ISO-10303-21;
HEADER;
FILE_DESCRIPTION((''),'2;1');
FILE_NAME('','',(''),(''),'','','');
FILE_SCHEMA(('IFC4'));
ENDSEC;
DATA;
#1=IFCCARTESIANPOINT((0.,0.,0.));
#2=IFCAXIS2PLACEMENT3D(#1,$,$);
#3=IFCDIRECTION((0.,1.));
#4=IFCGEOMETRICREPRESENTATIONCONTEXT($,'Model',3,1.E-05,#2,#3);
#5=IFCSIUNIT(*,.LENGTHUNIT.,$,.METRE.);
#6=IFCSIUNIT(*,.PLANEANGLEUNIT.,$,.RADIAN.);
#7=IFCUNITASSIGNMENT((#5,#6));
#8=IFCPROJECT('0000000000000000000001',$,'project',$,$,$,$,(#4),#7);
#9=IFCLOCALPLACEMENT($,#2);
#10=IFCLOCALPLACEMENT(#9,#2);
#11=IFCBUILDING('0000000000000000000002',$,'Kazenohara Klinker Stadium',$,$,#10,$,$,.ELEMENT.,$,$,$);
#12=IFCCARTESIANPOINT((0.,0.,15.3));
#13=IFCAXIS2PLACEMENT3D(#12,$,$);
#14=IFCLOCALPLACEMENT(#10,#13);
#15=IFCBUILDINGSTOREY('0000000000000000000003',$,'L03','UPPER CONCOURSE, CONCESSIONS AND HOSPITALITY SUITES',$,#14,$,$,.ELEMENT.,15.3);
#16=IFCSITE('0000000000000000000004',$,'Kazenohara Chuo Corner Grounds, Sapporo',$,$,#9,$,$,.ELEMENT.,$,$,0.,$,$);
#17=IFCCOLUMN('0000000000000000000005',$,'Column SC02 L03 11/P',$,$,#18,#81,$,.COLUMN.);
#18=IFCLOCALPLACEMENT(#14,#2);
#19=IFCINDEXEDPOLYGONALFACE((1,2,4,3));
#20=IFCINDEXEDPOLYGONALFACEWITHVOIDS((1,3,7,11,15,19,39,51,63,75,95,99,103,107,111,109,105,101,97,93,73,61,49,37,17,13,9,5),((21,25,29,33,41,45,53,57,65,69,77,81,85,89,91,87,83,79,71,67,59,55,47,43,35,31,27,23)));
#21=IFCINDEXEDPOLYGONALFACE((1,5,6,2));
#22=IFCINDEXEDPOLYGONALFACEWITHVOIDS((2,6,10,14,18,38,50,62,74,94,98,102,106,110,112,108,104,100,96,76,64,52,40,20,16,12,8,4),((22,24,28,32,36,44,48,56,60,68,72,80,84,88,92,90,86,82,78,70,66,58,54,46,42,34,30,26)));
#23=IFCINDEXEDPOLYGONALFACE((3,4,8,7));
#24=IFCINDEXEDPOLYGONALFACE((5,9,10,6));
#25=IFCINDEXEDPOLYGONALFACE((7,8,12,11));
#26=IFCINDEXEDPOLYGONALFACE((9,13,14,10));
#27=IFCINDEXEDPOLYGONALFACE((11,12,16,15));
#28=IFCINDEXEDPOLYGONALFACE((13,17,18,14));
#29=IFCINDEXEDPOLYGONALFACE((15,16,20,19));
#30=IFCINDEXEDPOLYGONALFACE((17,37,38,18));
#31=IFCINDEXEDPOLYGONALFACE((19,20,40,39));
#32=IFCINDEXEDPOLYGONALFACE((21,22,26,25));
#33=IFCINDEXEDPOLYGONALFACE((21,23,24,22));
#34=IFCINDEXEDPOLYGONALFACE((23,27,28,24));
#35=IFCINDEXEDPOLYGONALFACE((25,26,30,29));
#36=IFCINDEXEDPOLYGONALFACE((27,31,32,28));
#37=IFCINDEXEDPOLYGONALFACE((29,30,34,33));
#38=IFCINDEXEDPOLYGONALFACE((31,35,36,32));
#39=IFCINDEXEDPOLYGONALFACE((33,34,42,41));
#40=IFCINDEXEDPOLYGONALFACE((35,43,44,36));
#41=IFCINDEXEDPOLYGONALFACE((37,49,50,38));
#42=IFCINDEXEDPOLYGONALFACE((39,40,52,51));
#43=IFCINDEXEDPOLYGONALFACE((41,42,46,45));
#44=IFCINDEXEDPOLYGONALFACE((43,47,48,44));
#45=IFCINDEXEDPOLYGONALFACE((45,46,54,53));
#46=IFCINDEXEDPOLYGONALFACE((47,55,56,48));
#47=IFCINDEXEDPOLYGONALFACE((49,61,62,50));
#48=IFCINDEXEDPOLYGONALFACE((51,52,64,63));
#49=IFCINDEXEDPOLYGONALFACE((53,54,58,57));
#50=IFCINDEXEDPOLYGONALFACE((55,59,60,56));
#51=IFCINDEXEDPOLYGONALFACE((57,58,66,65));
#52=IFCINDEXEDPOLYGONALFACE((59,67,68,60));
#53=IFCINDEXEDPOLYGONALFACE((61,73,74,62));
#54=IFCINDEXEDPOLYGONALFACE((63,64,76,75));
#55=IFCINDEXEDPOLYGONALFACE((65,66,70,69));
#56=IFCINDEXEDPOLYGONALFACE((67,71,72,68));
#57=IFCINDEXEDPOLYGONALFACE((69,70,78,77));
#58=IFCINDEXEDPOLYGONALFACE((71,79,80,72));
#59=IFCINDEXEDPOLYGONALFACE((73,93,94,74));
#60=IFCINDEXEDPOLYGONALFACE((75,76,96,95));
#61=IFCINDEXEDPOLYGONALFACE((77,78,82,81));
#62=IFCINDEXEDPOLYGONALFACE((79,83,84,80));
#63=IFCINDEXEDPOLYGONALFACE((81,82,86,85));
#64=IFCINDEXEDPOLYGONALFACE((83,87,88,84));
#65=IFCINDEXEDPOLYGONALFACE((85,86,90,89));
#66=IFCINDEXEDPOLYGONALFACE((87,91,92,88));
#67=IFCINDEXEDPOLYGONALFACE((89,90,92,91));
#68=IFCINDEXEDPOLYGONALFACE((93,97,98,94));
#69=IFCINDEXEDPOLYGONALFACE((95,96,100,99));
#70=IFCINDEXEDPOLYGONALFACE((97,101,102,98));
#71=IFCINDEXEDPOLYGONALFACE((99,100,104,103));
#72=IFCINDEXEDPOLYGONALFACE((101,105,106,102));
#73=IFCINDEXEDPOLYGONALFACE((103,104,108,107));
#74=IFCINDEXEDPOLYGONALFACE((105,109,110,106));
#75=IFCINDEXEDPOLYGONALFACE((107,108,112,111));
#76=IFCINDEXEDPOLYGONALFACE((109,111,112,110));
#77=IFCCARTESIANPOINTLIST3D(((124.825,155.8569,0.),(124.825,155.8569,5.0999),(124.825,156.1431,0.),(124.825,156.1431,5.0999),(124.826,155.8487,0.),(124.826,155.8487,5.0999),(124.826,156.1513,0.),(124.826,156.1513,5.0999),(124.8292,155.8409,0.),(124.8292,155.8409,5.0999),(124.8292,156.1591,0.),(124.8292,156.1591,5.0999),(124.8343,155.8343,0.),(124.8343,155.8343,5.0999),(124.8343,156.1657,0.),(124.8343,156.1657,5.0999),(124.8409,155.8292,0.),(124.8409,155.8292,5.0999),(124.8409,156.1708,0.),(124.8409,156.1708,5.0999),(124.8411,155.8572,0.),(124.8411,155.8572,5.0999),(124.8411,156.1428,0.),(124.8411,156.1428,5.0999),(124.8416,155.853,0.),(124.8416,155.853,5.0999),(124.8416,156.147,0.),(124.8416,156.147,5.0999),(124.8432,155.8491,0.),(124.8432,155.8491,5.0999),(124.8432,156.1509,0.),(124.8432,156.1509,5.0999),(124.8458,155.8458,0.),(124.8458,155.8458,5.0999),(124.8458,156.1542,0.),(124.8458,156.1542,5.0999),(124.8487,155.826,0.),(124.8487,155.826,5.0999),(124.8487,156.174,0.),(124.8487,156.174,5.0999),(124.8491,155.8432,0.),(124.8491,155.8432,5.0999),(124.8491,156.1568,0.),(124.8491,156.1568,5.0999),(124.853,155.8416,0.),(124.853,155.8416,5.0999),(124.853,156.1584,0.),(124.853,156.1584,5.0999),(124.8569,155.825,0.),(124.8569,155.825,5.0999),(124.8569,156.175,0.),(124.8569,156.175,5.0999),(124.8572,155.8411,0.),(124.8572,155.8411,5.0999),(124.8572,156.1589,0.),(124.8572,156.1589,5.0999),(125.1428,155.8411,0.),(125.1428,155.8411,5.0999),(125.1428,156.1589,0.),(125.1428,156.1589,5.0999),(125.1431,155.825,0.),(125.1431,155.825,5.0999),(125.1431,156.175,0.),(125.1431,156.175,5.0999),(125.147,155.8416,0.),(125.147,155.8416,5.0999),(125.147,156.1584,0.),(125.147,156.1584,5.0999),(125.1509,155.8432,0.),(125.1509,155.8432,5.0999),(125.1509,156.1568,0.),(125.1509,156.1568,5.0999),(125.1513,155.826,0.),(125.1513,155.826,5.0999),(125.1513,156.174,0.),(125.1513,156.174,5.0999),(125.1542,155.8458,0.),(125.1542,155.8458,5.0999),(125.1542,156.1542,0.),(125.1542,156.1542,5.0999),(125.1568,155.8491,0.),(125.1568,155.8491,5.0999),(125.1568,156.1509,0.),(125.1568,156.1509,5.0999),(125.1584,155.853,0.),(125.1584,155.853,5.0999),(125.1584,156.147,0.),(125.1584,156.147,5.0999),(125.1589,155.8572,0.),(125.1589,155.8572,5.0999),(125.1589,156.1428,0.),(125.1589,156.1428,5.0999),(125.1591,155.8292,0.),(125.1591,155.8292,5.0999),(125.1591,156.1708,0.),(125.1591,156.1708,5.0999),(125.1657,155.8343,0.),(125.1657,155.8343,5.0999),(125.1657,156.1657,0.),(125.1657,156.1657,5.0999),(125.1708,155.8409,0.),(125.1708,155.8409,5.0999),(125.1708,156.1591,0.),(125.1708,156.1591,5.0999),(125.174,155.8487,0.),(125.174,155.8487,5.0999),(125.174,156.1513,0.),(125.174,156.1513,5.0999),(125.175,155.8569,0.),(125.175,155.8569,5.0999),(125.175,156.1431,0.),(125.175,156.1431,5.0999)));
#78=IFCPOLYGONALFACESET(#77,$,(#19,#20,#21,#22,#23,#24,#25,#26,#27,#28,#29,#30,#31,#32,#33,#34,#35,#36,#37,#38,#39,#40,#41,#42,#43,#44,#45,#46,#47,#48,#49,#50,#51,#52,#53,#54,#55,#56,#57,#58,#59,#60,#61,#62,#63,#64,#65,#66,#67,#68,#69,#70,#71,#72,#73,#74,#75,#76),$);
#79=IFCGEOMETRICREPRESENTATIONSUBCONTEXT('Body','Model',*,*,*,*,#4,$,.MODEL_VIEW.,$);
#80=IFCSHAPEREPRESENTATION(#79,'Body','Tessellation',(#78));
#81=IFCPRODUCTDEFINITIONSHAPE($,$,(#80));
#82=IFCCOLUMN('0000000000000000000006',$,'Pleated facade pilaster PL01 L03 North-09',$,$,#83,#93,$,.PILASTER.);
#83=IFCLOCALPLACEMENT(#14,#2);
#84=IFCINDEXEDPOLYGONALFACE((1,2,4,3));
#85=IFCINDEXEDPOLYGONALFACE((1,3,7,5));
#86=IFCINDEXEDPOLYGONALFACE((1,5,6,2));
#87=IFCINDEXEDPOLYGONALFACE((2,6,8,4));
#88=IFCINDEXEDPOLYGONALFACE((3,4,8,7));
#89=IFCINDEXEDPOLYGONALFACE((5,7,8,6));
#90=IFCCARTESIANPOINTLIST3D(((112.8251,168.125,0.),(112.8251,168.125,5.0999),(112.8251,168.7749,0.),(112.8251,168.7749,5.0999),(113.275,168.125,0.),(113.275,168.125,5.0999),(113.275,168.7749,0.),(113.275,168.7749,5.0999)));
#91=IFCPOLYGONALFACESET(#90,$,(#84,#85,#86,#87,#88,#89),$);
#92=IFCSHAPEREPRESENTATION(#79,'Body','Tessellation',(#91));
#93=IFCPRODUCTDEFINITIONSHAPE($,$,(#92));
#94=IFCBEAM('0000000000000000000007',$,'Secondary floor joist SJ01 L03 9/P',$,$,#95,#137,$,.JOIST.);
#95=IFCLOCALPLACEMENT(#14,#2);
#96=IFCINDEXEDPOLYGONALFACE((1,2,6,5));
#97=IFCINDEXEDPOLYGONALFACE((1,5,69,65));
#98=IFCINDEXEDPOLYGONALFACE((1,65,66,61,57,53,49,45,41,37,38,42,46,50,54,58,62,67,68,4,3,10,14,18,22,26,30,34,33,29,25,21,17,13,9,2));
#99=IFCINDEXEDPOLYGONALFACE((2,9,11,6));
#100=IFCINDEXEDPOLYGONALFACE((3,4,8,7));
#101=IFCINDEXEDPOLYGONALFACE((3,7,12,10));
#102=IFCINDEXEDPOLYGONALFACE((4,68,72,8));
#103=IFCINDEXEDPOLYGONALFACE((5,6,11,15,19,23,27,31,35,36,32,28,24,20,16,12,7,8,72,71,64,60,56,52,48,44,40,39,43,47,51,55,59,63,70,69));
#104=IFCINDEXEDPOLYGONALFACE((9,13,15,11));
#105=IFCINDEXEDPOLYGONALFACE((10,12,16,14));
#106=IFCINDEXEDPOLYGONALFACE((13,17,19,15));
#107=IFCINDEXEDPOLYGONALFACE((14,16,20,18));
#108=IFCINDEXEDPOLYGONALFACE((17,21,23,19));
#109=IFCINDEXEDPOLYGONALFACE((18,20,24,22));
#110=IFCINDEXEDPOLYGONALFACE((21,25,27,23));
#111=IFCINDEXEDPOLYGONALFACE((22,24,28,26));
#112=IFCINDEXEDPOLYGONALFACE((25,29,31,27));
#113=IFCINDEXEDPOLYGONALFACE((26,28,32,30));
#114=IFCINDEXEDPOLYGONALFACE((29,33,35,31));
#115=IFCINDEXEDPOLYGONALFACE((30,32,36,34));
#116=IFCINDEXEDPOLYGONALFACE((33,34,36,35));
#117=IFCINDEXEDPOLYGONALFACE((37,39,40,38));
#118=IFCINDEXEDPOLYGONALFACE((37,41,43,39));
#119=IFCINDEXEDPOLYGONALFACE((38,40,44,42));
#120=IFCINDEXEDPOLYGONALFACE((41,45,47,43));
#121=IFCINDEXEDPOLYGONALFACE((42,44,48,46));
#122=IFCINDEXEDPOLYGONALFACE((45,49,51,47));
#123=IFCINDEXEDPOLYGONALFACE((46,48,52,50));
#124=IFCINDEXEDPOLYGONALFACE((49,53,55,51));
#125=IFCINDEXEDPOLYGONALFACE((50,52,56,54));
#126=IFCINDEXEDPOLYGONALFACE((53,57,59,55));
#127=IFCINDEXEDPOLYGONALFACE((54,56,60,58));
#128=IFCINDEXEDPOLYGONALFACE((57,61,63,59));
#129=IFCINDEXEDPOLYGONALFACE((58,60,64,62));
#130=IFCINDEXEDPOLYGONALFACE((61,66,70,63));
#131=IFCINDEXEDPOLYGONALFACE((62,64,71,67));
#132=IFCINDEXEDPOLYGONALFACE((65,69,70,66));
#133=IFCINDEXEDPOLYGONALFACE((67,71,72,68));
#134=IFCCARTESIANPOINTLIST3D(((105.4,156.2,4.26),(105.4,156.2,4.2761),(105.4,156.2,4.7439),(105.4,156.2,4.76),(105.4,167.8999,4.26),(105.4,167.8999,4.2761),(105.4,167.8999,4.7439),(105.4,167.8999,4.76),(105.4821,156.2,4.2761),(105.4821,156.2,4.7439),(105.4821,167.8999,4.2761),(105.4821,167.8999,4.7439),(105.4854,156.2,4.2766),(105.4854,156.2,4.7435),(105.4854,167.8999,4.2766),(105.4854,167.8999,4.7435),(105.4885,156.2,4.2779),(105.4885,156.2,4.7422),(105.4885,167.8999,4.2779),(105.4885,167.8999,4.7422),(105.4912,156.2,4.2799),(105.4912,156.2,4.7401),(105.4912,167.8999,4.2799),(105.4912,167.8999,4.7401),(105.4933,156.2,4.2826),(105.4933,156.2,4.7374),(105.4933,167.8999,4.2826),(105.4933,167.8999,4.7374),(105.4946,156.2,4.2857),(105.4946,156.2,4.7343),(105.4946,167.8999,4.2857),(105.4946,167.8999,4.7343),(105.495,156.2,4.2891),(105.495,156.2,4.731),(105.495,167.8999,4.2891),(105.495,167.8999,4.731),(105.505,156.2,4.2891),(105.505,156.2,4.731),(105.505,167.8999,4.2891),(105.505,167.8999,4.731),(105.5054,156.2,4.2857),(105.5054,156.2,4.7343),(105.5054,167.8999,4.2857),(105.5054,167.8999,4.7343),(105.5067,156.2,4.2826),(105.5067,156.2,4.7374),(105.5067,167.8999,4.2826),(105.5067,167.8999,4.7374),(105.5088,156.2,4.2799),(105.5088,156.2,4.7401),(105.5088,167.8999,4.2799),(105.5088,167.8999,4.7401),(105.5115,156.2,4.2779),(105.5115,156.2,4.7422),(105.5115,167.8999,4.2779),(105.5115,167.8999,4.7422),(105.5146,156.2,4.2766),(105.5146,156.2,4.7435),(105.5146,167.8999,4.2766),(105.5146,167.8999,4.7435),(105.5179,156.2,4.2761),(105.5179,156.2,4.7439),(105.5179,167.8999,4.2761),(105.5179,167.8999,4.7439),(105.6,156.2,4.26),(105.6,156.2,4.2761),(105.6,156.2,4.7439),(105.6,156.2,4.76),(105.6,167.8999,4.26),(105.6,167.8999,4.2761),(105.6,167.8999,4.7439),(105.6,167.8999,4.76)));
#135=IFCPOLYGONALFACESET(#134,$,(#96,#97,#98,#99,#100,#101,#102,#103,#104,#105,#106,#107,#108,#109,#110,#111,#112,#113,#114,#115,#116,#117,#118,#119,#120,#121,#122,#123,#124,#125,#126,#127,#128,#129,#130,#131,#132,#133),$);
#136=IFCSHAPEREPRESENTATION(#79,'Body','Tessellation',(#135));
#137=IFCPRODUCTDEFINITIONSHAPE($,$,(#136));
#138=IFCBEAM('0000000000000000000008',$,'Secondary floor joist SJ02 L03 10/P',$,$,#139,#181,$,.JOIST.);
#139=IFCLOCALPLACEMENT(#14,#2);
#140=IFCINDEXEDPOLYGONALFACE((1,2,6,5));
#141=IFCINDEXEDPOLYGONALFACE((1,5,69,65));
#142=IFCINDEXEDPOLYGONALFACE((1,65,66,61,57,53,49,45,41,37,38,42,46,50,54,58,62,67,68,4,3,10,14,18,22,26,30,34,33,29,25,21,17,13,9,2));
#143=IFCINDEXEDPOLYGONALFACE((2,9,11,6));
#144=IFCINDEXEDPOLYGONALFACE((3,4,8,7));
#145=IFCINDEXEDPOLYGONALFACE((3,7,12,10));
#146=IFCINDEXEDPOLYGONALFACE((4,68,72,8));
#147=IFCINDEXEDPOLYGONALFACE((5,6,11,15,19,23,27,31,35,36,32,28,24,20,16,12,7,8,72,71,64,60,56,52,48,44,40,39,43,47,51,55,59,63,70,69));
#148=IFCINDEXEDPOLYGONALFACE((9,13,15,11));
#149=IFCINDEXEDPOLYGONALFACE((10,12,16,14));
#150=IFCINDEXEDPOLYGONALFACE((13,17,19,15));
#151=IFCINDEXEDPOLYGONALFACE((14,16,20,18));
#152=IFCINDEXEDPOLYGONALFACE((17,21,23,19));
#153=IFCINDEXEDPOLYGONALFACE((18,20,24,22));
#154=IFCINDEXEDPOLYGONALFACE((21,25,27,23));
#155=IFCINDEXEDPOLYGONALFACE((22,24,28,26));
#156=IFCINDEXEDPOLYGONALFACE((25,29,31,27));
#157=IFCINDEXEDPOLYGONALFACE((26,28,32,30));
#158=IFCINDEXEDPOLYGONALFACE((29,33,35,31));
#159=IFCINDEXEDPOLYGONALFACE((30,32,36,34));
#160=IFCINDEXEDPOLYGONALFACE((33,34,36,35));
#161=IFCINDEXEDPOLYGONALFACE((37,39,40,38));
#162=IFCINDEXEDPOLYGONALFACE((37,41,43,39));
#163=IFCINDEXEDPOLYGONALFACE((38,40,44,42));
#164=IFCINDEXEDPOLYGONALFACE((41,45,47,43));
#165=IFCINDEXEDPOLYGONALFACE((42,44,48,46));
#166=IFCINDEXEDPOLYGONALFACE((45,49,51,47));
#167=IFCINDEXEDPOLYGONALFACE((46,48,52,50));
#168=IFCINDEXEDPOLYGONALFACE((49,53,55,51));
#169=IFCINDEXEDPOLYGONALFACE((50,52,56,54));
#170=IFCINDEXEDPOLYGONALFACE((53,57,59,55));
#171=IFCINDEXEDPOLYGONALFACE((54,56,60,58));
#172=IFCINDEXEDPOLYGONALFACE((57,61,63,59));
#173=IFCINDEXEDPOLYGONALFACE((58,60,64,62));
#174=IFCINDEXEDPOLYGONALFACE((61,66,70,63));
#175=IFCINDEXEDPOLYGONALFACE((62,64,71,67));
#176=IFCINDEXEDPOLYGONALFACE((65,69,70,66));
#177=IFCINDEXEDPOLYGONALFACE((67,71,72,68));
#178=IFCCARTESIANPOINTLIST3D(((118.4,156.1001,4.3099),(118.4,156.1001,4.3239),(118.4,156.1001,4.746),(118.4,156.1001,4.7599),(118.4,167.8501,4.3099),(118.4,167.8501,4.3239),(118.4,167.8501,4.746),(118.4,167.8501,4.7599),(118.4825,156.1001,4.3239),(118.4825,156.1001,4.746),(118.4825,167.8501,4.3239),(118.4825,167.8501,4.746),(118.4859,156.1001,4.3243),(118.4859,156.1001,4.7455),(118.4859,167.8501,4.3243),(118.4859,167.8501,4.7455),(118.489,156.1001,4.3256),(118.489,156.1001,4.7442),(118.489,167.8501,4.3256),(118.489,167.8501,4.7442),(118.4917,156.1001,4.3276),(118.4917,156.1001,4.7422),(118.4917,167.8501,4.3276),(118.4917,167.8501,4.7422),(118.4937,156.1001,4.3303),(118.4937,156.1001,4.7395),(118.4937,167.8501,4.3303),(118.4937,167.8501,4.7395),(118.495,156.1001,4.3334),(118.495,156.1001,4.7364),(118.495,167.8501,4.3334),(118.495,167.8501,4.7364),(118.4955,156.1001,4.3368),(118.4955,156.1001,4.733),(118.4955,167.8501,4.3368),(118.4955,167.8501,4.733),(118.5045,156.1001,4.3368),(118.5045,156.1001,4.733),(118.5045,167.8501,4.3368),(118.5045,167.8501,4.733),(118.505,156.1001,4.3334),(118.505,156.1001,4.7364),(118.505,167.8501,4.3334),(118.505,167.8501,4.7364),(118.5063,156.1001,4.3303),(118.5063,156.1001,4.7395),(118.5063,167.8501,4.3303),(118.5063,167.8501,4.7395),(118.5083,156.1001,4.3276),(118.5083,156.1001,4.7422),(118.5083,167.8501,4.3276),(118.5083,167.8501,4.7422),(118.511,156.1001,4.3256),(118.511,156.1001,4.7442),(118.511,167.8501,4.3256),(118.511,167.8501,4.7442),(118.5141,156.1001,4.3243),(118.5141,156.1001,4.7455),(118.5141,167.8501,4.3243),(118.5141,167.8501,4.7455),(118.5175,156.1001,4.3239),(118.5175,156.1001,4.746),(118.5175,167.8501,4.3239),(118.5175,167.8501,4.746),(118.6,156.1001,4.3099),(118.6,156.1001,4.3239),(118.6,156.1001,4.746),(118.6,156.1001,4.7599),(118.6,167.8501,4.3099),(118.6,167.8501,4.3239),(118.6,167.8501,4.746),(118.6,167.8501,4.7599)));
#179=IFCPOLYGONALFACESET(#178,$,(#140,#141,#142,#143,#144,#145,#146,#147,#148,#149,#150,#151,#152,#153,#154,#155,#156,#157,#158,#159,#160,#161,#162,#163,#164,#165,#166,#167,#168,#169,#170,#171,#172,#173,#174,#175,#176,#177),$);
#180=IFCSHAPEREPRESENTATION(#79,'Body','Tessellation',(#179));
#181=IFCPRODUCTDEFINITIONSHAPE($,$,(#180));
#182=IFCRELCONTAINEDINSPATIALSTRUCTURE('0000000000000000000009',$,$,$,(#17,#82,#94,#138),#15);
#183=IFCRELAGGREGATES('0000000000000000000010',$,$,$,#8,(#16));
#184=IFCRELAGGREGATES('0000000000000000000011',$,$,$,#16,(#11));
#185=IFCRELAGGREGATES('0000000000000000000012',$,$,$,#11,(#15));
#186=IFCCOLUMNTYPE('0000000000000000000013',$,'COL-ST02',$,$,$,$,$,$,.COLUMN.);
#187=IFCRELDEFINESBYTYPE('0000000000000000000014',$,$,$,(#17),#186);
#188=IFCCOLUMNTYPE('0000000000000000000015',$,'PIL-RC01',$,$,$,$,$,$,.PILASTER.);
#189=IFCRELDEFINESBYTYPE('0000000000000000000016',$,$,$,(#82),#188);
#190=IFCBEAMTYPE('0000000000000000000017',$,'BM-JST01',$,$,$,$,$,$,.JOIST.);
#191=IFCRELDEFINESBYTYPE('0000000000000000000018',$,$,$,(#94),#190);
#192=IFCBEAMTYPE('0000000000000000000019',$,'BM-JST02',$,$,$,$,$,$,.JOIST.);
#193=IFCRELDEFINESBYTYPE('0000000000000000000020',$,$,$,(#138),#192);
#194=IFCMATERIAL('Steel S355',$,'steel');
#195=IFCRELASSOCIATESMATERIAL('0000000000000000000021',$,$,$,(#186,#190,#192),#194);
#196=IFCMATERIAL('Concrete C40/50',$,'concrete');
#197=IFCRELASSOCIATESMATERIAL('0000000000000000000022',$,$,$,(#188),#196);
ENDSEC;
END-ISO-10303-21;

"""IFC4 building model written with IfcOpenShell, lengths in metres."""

from ifc_helpers import new_model, si_unit, direction, frame, origin, origin_2d, place, context, subcontext, project, spatial, rectangle, hollow_rectangle, i_section, extrude, material, material_profile, profile_set, type_object, element, save


model = new_model("IFC4")

# Units and contexts
model_context = context("Model", 3, precision=1e-05, world=origin(), true_north=direction((0.0, 1.0)))
body_context = subcontext(model_context, "Body", "Model", "MODEL_VIEW")
ifc_project = project(units=[si_unit("LENGTHUNIT", "METRE"), si_unit("PLANEANGLEUNIT", "RADIAN")], contexts=[model_context])

# Site, building, storey
site_placement = place(None, origin())
site = spatial("IfcSite", under=ifc_project, at=site_placement, Name="Kazenohara Chuo Corner Grounds, Sapporo", CompositionType="ELEMENT", RefElevation=0.0)
building_placement = place(site_placement, origin())
building = spatial("IfcBuilding", under=site, at=building_placement, Name="Kazenohara Klinker Stadium", CompositionType="ELEMENT")
storey_placement = place(building_placement, frame((0.0, 0.0, 15.3)))
storey = spatial("IfcBuildingStorey", under=building, at=storey_placement, Name="L03", Description="UPPER CONCOURSE, CONCESSIONS AND HOSPITALITY SUITES", CompositionType="ELEMENT", Elevation=15.3)

# Columns
ifc_material_1 = material(Name="Concrete C40/50", Category="concrete")
ifc_material_2 = material(Name="Steel S355", Category="steel")
ifc_material_profile_1 = material_profile(ifc_material_2, hollow_rectangle(XDim=0.3501, YDim=0.3501, WallThickness=0.0161, InnerFilletRadius=0.0161, OuterFilletRadius=0.032, at=origin_2d()), Name="SHS-350x350x16")
ifc_profile_set_1 = profile_set([ifc_material_profile_1], Name="Steel S355")
column_type_1 = type_object("IfcColumnType", Name="COL-ST02", PredefinedType="COLUMN", material=ifc_profile_set_1)
for number, where, z_axis, x_axis, name in (
    (1, (125.0, 156.0, 0.0), (0.0, 0.0, 1.0), (1.0, 0.0, 0.0), "Column SC02 L03 11/P"),
):
    element("IfcColumn", number, at=place(storey_placement, frame(where, z_axis=z_axis, x_axis=x_axis)), inside=storey, type_object=column_type_1, Name=name, PredefinedType="COLUMN", context=body_context, shape_type="SweptSolid", body=[
        extrude(hollow_rectangle(XDim=0.3501, YDim=0.3501, WallThickness=0.0161, InnerFilletRadius=0.0161, OuterFilletRadius=0.032, at=origin_2d()), origin(), (0.0, 0.0, 1.0), 5.0999),
    ])
ifc_material_profile_2 = material_profile(ifc_material_1, rectangle(XDim=0.45, YDim=0.6499, at=origin_2d()), Name="RC-PILASTER-450x650")
ifc_profile_set_2 = profile_set([ifc_material_profile_2], Name="Concrete C40/50")
column_type_2 = type_object("IfcColumnType", Name="PIL-RC01", PredefinedType="PILASTER", material=ifc_profile_set_2)
column_1_placement = place(storey_placement, frame((113.05, 168.45, 0.0), z_axis=(0.0, 0.0, 1.0), x_axis=(1.0, 0.0, 0.0)))
element("IfcColumn", 2, at=column_1_placement, inside=storey, type_object=column_type_2, Name="Pleated facade pilaster PL01 L03 North-09", PredefinedType="PILASTER", context=body_context, shape_type="SweptSolid", body=[
    extrude(rectangle(XDim=0.45, YDim=0.6499, at=origin_2d()), origin(), (0.0, 0.0, 1.0), 5.0999),
])

# Beams
ifc_material_profile_3 = material_profile(ifc_material_2, i_section(OverallWidth=0.2, OverallDepth=0.5, WebThickness=0.01, FlangeThickness=0.0161, FilletRadius=0.0129, at=origin_2d()), Name="H-500x200x10x16")
ifc_profile_set_3 = profile_set([ifc_material_profile_3], Name="Steel S355")
beam_type_1 = type_object("IfcBeamType", Name="BM-JST01", PredefinedType="JOIST", material=ifc_profile_set_3)
beam_1_placement = place(storey_placement, frame((105.5, 156.2, 4.51), z_axis=(0.0, 1.0, 0.0), x_axis=(-1.0, 0.0, 0.0)))
element("IfcBeam", 3, at=beam_1_placement, inside=storey, type_object=beam_type_1, Name="Secondary floor joist SJ01 L03 9/P", PredefinedType="JOIST", context=body_context, shape_type="SweptSolid", body=[
    extrude(i_section(OverallWidth=0.2, OverallDepth=0.5, WebThickness=0.01, FlangeThickness=0.0161, FilletRadius=0.0129, at=origin_2d()), origin(), (0.0, 0.0, 1.0), 11.7),
])
ifc_material_profile_4 = material_profile(ifc_material_2, i_section(OverallWidth=0.2, OverallDepth=0.45, WebThickness=0.009, FlangeThickness=0.0139, FilletRadius=0.0129, at=origin_2d()), Name="H-450x200x9x14")
ifc_profile_set_4 = profile_set([ifc_material_profile_4], Name="Steel S355")
beam_type_2 = type_object("IfcBeamType", Name="BM-JST02", PredefinedType="JOIST", material=ifc_profile_set_4)
beam_2_placement = place(storey_placement, frame((118.5, 156.1001, 4.5349), z_axis=(0.0, 1.0, 0.0), x_axis=(-1.0, 0.0, 0.0)))
element("IfcBeam", 4, at=beam_2_placement, inside=storey, type_object=beam_type_2, Name="Secondary floor joist SJ02 L03 10/P", PredefinedType="JOIST", context=body_context, shape_type="SweptSolid", body=[
    extrude(i_section(OverallWidth=0.2, OverallDepth=0.45, WebThickness=0.009, FlangeThickness=0.0139, FilletRadius=0.0129, at=origin_2d()), origin(), (0.0, 0.0, 1.0), 11.75),
])

save(model, "model.ifc")
